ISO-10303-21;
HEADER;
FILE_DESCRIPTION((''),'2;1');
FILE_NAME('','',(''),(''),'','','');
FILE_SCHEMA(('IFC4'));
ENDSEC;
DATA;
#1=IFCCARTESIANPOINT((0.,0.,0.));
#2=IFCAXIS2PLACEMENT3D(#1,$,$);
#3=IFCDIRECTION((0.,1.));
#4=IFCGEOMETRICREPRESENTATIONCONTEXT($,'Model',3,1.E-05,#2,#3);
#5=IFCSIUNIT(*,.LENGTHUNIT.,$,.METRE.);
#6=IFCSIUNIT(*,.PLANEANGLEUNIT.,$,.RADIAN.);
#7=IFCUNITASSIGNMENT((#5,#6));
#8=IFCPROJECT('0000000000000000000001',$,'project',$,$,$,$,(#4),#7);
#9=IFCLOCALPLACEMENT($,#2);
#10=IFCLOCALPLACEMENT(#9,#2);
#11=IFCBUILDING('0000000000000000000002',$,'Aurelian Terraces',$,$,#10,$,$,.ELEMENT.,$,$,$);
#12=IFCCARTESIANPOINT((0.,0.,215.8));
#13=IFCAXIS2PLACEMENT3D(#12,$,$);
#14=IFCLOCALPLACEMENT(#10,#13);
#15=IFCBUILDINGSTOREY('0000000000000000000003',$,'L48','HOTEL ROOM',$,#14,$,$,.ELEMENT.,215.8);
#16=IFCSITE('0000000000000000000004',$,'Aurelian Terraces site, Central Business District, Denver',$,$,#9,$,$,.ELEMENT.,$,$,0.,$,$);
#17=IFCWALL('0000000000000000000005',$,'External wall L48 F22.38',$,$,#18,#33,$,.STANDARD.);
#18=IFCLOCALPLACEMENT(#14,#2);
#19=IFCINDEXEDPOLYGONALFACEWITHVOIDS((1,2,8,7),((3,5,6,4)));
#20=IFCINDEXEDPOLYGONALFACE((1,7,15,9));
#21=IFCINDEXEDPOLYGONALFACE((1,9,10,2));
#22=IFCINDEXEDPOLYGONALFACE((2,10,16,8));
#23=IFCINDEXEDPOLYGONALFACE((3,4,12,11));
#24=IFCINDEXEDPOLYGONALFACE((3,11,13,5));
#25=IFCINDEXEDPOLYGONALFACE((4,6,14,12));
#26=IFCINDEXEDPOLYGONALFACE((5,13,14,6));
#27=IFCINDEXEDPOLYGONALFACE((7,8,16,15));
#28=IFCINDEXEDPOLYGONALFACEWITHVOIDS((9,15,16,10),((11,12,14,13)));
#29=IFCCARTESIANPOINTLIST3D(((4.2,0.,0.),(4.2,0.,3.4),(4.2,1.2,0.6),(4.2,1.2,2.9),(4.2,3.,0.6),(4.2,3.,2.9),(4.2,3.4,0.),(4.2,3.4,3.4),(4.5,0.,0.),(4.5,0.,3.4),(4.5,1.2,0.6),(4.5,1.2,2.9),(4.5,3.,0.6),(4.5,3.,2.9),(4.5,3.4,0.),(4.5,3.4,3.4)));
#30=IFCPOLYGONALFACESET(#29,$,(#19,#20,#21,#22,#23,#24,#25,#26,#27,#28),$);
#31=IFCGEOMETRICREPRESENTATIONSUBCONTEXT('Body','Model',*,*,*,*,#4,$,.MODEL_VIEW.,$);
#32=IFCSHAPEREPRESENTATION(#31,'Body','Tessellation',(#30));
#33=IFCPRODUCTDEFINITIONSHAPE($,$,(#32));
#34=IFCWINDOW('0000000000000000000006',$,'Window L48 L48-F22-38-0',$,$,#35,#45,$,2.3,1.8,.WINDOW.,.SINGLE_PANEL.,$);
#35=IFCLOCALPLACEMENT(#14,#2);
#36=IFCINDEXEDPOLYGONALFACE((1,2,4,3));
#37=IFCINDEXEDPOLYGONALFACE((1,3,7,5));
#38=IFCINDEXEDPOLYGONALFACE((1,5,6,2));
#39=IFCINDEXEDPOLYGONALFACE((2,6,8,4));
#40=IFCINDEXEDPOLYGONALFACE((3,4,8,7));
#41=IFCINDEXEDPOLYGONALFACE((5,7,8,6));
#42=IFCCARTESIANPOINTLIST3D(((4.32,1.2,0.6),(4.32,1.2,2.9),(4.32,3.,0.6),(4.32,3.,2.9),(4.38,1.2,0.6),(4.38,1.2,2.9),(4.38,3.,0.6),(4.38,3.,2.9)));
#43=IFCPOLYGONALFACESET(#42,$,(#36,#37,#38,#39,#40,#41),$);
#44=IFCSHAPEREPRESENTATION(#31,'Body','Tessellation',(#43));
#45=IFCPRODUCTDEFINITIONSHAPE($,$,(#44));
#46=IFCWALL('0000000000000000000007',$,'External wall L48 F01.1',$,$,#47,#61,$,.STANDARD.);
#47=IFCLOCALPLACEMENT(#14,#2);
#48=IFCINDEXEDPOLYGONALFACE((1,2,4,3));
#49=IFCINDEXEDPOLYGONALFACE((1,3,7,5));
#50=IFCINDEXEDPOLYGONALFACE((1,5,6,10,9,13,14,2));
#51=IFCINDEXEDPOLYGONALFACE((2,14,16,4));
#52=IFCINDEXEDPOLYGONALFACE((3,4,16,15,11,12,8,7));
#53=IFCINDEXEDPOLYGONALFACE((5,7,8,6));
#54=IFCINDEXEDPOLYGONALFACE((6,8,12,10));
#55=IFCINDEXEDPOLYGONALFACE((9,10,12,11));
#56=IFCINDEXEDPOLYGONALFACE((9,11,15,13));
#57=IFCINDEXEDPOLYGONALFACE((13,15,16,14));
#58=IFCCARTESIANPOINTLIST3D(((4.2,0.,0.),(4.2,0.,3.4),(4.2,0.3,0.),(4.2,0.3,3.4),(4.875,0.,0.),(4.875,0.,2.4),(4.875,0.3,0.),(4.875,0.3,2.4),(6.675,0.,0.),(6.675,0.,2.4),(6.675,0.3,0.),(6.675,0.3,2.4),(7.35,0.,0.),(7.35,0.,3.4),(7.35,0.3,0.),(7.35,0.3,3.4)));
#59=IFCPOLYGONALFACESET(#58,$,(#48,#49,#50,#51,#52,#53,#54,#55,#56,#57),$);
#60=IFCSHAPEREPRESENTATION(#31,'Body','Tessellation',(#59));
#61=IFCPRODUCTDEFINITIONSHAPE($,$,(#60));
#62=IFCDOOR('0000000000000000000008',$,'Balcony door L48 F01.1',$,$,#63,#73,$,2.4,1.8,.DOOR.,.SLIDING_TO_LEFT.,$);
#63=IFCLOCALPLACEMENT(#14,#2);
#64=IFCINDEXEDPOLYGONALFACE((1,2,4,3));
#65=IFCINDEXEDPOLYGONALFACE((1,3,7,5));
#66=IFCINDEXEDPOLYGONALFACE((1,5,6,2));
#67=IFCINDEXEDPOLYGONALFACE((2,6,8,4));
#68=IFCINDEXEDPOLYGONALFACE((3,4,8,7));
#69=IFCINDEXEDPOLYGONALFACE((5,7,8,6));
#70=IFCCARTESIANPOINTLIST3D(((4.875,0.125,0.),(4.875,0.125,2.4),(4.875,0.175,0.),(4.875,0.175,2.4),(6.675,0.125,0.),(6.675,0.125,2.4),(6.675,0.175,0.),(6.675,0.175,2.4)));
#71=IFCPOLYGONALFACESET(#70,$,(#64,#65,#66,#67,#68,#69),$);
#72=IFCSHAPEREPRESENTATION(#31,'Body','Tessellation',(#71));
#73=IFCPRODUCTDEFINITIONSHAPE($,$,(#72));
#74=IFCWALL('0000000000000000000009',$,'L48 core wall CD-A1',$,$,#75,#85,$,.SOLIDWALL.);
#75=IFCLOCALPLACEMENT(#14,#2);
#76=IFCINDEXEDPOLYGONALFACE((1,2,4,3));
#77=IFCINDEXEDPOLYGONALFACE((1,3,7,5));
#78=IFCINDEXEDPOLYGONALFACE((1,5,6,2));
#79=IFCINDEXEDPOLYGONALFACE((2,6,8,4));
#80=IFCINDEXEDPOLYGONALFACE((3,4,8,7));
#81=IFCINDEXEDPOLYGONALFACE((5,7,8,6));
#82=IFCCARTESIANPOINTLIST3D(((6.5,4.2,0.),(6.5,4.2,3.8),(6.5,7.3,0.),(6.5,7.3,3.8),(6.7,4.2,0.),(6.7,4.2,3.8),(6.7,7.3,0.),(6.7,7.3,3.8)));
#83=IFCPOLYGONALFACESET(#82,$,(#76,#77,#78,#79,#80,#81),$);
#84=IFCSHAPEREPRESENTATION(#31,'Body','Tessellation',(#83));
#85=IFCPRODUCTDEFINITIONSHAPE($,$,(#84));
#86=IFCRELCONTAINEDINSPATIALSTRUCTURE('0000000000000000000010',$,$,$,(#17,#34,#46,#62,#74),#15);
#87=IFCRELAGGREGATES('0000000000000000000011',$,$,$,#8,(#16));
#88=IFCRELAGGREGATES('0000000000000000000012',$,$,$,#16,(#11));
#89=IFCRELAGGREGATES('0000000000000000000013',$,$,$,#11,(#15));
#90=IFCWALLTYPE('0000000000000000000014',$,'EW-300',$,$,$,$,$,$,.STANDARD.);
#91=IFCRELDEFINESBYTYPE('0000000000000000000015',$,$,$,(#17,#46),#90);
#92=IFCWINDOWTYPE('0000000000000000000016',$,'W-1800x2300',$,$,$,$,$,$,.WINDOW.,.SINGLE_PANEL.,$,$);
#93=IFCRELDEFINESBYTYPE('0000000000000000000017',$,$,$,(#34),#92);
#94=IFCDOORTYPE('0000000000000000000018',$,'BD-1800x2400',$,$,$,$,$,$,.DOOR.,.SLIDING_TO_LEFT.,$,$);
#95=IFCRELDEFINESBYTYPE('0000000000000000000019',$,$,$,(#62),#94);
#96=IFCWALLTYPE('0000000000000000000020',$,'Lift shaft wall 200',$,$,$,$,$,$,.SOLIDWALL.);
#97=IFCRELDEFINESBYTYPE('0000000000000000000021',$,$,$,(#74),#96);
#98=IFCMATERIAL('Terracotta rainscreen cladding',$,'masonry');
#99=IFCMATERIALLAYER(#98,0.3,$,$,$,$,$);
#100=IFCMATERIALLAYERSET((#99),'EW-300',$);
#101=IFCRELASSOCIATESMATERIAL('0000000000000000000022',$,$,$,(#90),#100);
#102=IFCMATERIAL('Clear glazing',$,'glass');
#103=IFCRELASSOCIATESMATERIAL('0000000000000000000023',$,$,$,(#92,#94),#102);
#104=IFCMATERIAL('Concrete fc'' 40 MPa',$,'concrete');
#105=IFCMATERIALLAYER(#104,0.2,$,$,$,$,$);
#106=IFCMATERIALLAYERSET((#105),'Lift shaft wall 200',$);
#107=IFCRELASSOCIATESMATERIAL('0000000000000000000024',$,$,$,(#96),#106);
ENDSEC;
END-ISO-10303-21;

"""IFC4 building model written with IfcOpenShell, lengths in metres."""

from ifc_helpers import new_model, si_unit, direction, frame, frame_2d, origin, place, context, subcontext, project, spatial, rectangle, extrude, source, transform, mapped, material, layer, layer_set, type_object, element, fill, save


model = new_model("IFC4")

# Units and contexts
model_context = context("Model", 3, precision=1e-05, world=origin(), true_north=direction((0.0, 1.0)))
body_context = subcontext(model_context, "Body", "Model", "MODEL_VIEW")
ifc_project = project(units=[si_unit("LENGTHUNIT", "METRE"), si_unit("PLANEANGLEUNIT", "RADIAN")], contexts=[model_context])

# Site, building, storey
site_placement = place(None, origin())
site = spatial("IfcSite", under=ifc_project, at=site_placement, Name="Aurelian Terraces site, Central Business District, Denver", CompositionType="ELEMENT", RefElevation=0.0)
building_placement = place(site_placement, origin())
building = spatial("IfcBuilding", under=site, at=building_placement, Name="Aurelian Terraces", CompositionType="ELEMENT")
storey_placement = place(building_placement, frame((0.0, 0.0, 215.8)))
storey = spatial("IfcBuildingStorey", under=building, at=storey_placement, Name="L48", Description="HOTEL ROOM", CompositionType="ELEMENT", Elevation=215.8)

# Shared definitions
ifc_material_1 = material(Name="Concrete fc' 40 MPa", Category="concrete")

# Wall, opening, window
ifc_material_2 = material(Name="Terracotta rainscreen cladding", Category="masonry")
ifc_layer_1 = layer(ifc_material_2, 0.3)
ifc_layer_set_1 = layer_set([ifc_layer_1], Name="EW-300")
wall_type_1 = type_object("IfcWallType", Name="EW-300", PredefinedType="STANDARD", material=ifc_layer_set_1)
shared_shape_1 = source(origin(), body_context, "Body", "SweptSolid", [
    extrude(rectangle(XDim=3.4, YDim=0.3, at=frame_2d((1.7, 0.0))), origin(), (0.0, 0.0, 1.0), 3.4),
])
shared_shape_2 = source(origin(), body_context, "Body", "SweptSolid", [
    extrude(rectangle(XDim=1.8, YDim=2.3, at=frame_2d((0.9, 1.15))), frame((0.0, 0.16, 0.0), z_axis=(0.0, -1.0, 0.0), x_axis=(1.0, 0.0, 0.0)), (0.0, 0.0, 1.0), 0.32),
])
ifc_material_3 = material(Name="Clear glazing", Category="glass")
window_type = type_object("IfcWindowType", Name="W-1800x2300", PartitioningType="SINGLE_PANEL", PredefinedType="WINDOW", material=ifc_material_3)
shared_shape_3 = source(origin(), body_context, "Body", "SweptSolid", [
    extrude(rectangle(XDim=1.8, YDim=2.3, at=frame_2d((0.9, 1.15))), frame((0.0, 0.03, 0.0), z_axis=(0.0, -1.0, 0.0), x_axis=(1.0, 0.0, 0.0)), (0.0, 0.0, 1.0), 0.06),
])
wall_1_placement = place(storey_placement, frame((4.35, 3.4, 0.0), z_axis=(0.0, 0.0, 1.0), x_axis=(0.0, -1.0, 0.0)))
wall_1 = element("IfcWall", 1, at=wall_1_placement, inside=storey, type_object=wall_type_1, Name="External wall L48 F22.38", PredefinedType="STANDARD", context=body_context, shape_type="MappedRepresentation", body=[
    mapped(shared_shape_1, transform((0.0, 0.0, 0.0), scale=1.0)),
])
opening_1_placement = place(wall_1_placement, frame((0.4, 0.0, 0.6)))
opening_1 = element("IfcOpeningElement", 2, at=opening_1_placement, cuts=wall_1, PredefinedType="OPENING", context=body_context, shape_type="MappedRepresentation", body=[
    mapped(shared_shape_2, transform((0.0, 0.0, 0.0), scale=1.0)),
])
window_1_placement = place(opening_1_placement, origin())
window_1 = element("IfcWindow", 3, at=window_1_placement, inside=storey, type_object=window_type, Name="Window L48 L48-F22-38-0", OverallHeight=2.3, OverallWidth=1.8, PartitioningType="SINGLE_PANEL", PredefinedType="WINDOW", context=body_context, shape_type="MappedRepresentation", body=[
    mapped(shared_shape_3, transform((0.0, 0.0, 0.0), scale=1.0)),
])
fill(opening_1, window_1)

# Wall, opening, door
shared_shape_4 = source(origin(), body_context, "Body", "SweptSolid", [
    extrude(rectangle(XDim=3.15, YDim=0.3, at=frame_2d((1.575, 0.0))), origin(), (0.0, 0.0, 1.0), 3.4),
])
wall_2_placement = place(storey_placement, frame((4.2, 0.15, 0.0), z_axis=(0.0, 0.0, 1.0), x_axis=(1.0, 0.0, 0.0)))
wall_2 = element("IfcWall", 4, at=wall_2_placement, inside=storey, type_object=wall_type_1, Name="External wall L48 F01.1", PredefinedType="STANDARD", context=body_context, shape_type="MappedRepresentation", body=[
    mapped(shared_shape_4, transform((0.0, 0.0, 0.0), scale=1.0)),
])
shared_shape_5 = source(origin(), body_context, "Body", "SweptSolid", [
    extrude(rectangle(XDim=1.8, YDim=2.4, at=frame_2d((0.9, 1.2))), frame((0.0, 0.16, 0.0), z_axis=(0.0, -1.0, 0.0), x_axis=(1.0, 0.0, 0.0)), (0.0, 0.0, 1.0), 0.32),
])
opening_2_placement = place(wall_2_placement, frame((0.675, 0.0, 0.0)))
opening_2 = element("IfcOpeningElement", 5, at=opening_2_placement, cuts=wall_2, PredefinedType="OPENING", context=body_context, shape_type="MappedRepresentation", body=[
    mapped(shared_shape_5, transform((0.0, 0.0, 0.0), scale=1.0)),
])
door_type_1 = type_object("IfcDoorType", Name="BD-1800x2400", OperationType="SLIDING_TO_LEFT", PredefinedType="DOOR", material=ifc_material_3)
shared_shape_6 = source(origin(), body_context, "Body", "SweptSolid", [
    extrude(rectangle(XDim=1.8, YDim=2.4, at=frame_2d((0.9, 1.2))), frame((0.0, 0.025, 0.0), z_axis=(0.0, -1.0, 0.0), x_axis=(1.0, 0.0, 0.0)), (0.0, 0.0, 1.0), 0.05),
])
door_1_placement = place(opening_2_placement, origin())
door_1 = element("IfcDoor", 6, at=door_1_placement, inside=storey, type_object=door_type_1, Name="Balcony door L48 F01.1", OperationType="SLIDING_TO_LEFT", OverallHeight=2.4, OverallWidth=1.8, PredefinedType="DOOR", context=body_context, shape_type="MappedRepresentation", body=[
    mapped(shared_shape_6, transform((0.0, 0.0, 0.0), scale=1.0)),
])
fill(opening_2, door_1)

# Wall
ifc_layer_2 = layer(ifc_material_1, 0.2)
ifc_layer_set_2 = layer_set([ifc_layer_2], Name="Lift shaft wall 200")
wall_type_2 = type_object("IfcWallType", Name="Lift shaft wall 200", PredefinedType="SOLIDWALL", material=ifc_layer_set_2)
shared_shape_7 = source(origin(), body_context, "Body", "SweptSolid", [
    extrude(rectangle(XDim=3.1, YDim=0.2, at=frame_2d((1.55, 0.0))), origin(), (0.0, 0.0, 1.0), 3.8),
])
wall_3_placement = place(storey_placement, frame((6.6, 4.2, 0.0), z_axis=(0.0, 0.0, 1.0), x_axis=(0.0, 1.0, 0.0)))
element("IfcWall", 7, at=wall_3_placement, inside=storey, type_object=wall_type_2, Name="L48 core wall CD-A1", PredefinedType="SOLIDWALL", context=body_context, shape_type="MappedRepresentation", body=[
    mapped(shared_shape_7, transform((0.0, 0.0, 0.0), scale=1.0)),
])

save(model, "model.ifc")
